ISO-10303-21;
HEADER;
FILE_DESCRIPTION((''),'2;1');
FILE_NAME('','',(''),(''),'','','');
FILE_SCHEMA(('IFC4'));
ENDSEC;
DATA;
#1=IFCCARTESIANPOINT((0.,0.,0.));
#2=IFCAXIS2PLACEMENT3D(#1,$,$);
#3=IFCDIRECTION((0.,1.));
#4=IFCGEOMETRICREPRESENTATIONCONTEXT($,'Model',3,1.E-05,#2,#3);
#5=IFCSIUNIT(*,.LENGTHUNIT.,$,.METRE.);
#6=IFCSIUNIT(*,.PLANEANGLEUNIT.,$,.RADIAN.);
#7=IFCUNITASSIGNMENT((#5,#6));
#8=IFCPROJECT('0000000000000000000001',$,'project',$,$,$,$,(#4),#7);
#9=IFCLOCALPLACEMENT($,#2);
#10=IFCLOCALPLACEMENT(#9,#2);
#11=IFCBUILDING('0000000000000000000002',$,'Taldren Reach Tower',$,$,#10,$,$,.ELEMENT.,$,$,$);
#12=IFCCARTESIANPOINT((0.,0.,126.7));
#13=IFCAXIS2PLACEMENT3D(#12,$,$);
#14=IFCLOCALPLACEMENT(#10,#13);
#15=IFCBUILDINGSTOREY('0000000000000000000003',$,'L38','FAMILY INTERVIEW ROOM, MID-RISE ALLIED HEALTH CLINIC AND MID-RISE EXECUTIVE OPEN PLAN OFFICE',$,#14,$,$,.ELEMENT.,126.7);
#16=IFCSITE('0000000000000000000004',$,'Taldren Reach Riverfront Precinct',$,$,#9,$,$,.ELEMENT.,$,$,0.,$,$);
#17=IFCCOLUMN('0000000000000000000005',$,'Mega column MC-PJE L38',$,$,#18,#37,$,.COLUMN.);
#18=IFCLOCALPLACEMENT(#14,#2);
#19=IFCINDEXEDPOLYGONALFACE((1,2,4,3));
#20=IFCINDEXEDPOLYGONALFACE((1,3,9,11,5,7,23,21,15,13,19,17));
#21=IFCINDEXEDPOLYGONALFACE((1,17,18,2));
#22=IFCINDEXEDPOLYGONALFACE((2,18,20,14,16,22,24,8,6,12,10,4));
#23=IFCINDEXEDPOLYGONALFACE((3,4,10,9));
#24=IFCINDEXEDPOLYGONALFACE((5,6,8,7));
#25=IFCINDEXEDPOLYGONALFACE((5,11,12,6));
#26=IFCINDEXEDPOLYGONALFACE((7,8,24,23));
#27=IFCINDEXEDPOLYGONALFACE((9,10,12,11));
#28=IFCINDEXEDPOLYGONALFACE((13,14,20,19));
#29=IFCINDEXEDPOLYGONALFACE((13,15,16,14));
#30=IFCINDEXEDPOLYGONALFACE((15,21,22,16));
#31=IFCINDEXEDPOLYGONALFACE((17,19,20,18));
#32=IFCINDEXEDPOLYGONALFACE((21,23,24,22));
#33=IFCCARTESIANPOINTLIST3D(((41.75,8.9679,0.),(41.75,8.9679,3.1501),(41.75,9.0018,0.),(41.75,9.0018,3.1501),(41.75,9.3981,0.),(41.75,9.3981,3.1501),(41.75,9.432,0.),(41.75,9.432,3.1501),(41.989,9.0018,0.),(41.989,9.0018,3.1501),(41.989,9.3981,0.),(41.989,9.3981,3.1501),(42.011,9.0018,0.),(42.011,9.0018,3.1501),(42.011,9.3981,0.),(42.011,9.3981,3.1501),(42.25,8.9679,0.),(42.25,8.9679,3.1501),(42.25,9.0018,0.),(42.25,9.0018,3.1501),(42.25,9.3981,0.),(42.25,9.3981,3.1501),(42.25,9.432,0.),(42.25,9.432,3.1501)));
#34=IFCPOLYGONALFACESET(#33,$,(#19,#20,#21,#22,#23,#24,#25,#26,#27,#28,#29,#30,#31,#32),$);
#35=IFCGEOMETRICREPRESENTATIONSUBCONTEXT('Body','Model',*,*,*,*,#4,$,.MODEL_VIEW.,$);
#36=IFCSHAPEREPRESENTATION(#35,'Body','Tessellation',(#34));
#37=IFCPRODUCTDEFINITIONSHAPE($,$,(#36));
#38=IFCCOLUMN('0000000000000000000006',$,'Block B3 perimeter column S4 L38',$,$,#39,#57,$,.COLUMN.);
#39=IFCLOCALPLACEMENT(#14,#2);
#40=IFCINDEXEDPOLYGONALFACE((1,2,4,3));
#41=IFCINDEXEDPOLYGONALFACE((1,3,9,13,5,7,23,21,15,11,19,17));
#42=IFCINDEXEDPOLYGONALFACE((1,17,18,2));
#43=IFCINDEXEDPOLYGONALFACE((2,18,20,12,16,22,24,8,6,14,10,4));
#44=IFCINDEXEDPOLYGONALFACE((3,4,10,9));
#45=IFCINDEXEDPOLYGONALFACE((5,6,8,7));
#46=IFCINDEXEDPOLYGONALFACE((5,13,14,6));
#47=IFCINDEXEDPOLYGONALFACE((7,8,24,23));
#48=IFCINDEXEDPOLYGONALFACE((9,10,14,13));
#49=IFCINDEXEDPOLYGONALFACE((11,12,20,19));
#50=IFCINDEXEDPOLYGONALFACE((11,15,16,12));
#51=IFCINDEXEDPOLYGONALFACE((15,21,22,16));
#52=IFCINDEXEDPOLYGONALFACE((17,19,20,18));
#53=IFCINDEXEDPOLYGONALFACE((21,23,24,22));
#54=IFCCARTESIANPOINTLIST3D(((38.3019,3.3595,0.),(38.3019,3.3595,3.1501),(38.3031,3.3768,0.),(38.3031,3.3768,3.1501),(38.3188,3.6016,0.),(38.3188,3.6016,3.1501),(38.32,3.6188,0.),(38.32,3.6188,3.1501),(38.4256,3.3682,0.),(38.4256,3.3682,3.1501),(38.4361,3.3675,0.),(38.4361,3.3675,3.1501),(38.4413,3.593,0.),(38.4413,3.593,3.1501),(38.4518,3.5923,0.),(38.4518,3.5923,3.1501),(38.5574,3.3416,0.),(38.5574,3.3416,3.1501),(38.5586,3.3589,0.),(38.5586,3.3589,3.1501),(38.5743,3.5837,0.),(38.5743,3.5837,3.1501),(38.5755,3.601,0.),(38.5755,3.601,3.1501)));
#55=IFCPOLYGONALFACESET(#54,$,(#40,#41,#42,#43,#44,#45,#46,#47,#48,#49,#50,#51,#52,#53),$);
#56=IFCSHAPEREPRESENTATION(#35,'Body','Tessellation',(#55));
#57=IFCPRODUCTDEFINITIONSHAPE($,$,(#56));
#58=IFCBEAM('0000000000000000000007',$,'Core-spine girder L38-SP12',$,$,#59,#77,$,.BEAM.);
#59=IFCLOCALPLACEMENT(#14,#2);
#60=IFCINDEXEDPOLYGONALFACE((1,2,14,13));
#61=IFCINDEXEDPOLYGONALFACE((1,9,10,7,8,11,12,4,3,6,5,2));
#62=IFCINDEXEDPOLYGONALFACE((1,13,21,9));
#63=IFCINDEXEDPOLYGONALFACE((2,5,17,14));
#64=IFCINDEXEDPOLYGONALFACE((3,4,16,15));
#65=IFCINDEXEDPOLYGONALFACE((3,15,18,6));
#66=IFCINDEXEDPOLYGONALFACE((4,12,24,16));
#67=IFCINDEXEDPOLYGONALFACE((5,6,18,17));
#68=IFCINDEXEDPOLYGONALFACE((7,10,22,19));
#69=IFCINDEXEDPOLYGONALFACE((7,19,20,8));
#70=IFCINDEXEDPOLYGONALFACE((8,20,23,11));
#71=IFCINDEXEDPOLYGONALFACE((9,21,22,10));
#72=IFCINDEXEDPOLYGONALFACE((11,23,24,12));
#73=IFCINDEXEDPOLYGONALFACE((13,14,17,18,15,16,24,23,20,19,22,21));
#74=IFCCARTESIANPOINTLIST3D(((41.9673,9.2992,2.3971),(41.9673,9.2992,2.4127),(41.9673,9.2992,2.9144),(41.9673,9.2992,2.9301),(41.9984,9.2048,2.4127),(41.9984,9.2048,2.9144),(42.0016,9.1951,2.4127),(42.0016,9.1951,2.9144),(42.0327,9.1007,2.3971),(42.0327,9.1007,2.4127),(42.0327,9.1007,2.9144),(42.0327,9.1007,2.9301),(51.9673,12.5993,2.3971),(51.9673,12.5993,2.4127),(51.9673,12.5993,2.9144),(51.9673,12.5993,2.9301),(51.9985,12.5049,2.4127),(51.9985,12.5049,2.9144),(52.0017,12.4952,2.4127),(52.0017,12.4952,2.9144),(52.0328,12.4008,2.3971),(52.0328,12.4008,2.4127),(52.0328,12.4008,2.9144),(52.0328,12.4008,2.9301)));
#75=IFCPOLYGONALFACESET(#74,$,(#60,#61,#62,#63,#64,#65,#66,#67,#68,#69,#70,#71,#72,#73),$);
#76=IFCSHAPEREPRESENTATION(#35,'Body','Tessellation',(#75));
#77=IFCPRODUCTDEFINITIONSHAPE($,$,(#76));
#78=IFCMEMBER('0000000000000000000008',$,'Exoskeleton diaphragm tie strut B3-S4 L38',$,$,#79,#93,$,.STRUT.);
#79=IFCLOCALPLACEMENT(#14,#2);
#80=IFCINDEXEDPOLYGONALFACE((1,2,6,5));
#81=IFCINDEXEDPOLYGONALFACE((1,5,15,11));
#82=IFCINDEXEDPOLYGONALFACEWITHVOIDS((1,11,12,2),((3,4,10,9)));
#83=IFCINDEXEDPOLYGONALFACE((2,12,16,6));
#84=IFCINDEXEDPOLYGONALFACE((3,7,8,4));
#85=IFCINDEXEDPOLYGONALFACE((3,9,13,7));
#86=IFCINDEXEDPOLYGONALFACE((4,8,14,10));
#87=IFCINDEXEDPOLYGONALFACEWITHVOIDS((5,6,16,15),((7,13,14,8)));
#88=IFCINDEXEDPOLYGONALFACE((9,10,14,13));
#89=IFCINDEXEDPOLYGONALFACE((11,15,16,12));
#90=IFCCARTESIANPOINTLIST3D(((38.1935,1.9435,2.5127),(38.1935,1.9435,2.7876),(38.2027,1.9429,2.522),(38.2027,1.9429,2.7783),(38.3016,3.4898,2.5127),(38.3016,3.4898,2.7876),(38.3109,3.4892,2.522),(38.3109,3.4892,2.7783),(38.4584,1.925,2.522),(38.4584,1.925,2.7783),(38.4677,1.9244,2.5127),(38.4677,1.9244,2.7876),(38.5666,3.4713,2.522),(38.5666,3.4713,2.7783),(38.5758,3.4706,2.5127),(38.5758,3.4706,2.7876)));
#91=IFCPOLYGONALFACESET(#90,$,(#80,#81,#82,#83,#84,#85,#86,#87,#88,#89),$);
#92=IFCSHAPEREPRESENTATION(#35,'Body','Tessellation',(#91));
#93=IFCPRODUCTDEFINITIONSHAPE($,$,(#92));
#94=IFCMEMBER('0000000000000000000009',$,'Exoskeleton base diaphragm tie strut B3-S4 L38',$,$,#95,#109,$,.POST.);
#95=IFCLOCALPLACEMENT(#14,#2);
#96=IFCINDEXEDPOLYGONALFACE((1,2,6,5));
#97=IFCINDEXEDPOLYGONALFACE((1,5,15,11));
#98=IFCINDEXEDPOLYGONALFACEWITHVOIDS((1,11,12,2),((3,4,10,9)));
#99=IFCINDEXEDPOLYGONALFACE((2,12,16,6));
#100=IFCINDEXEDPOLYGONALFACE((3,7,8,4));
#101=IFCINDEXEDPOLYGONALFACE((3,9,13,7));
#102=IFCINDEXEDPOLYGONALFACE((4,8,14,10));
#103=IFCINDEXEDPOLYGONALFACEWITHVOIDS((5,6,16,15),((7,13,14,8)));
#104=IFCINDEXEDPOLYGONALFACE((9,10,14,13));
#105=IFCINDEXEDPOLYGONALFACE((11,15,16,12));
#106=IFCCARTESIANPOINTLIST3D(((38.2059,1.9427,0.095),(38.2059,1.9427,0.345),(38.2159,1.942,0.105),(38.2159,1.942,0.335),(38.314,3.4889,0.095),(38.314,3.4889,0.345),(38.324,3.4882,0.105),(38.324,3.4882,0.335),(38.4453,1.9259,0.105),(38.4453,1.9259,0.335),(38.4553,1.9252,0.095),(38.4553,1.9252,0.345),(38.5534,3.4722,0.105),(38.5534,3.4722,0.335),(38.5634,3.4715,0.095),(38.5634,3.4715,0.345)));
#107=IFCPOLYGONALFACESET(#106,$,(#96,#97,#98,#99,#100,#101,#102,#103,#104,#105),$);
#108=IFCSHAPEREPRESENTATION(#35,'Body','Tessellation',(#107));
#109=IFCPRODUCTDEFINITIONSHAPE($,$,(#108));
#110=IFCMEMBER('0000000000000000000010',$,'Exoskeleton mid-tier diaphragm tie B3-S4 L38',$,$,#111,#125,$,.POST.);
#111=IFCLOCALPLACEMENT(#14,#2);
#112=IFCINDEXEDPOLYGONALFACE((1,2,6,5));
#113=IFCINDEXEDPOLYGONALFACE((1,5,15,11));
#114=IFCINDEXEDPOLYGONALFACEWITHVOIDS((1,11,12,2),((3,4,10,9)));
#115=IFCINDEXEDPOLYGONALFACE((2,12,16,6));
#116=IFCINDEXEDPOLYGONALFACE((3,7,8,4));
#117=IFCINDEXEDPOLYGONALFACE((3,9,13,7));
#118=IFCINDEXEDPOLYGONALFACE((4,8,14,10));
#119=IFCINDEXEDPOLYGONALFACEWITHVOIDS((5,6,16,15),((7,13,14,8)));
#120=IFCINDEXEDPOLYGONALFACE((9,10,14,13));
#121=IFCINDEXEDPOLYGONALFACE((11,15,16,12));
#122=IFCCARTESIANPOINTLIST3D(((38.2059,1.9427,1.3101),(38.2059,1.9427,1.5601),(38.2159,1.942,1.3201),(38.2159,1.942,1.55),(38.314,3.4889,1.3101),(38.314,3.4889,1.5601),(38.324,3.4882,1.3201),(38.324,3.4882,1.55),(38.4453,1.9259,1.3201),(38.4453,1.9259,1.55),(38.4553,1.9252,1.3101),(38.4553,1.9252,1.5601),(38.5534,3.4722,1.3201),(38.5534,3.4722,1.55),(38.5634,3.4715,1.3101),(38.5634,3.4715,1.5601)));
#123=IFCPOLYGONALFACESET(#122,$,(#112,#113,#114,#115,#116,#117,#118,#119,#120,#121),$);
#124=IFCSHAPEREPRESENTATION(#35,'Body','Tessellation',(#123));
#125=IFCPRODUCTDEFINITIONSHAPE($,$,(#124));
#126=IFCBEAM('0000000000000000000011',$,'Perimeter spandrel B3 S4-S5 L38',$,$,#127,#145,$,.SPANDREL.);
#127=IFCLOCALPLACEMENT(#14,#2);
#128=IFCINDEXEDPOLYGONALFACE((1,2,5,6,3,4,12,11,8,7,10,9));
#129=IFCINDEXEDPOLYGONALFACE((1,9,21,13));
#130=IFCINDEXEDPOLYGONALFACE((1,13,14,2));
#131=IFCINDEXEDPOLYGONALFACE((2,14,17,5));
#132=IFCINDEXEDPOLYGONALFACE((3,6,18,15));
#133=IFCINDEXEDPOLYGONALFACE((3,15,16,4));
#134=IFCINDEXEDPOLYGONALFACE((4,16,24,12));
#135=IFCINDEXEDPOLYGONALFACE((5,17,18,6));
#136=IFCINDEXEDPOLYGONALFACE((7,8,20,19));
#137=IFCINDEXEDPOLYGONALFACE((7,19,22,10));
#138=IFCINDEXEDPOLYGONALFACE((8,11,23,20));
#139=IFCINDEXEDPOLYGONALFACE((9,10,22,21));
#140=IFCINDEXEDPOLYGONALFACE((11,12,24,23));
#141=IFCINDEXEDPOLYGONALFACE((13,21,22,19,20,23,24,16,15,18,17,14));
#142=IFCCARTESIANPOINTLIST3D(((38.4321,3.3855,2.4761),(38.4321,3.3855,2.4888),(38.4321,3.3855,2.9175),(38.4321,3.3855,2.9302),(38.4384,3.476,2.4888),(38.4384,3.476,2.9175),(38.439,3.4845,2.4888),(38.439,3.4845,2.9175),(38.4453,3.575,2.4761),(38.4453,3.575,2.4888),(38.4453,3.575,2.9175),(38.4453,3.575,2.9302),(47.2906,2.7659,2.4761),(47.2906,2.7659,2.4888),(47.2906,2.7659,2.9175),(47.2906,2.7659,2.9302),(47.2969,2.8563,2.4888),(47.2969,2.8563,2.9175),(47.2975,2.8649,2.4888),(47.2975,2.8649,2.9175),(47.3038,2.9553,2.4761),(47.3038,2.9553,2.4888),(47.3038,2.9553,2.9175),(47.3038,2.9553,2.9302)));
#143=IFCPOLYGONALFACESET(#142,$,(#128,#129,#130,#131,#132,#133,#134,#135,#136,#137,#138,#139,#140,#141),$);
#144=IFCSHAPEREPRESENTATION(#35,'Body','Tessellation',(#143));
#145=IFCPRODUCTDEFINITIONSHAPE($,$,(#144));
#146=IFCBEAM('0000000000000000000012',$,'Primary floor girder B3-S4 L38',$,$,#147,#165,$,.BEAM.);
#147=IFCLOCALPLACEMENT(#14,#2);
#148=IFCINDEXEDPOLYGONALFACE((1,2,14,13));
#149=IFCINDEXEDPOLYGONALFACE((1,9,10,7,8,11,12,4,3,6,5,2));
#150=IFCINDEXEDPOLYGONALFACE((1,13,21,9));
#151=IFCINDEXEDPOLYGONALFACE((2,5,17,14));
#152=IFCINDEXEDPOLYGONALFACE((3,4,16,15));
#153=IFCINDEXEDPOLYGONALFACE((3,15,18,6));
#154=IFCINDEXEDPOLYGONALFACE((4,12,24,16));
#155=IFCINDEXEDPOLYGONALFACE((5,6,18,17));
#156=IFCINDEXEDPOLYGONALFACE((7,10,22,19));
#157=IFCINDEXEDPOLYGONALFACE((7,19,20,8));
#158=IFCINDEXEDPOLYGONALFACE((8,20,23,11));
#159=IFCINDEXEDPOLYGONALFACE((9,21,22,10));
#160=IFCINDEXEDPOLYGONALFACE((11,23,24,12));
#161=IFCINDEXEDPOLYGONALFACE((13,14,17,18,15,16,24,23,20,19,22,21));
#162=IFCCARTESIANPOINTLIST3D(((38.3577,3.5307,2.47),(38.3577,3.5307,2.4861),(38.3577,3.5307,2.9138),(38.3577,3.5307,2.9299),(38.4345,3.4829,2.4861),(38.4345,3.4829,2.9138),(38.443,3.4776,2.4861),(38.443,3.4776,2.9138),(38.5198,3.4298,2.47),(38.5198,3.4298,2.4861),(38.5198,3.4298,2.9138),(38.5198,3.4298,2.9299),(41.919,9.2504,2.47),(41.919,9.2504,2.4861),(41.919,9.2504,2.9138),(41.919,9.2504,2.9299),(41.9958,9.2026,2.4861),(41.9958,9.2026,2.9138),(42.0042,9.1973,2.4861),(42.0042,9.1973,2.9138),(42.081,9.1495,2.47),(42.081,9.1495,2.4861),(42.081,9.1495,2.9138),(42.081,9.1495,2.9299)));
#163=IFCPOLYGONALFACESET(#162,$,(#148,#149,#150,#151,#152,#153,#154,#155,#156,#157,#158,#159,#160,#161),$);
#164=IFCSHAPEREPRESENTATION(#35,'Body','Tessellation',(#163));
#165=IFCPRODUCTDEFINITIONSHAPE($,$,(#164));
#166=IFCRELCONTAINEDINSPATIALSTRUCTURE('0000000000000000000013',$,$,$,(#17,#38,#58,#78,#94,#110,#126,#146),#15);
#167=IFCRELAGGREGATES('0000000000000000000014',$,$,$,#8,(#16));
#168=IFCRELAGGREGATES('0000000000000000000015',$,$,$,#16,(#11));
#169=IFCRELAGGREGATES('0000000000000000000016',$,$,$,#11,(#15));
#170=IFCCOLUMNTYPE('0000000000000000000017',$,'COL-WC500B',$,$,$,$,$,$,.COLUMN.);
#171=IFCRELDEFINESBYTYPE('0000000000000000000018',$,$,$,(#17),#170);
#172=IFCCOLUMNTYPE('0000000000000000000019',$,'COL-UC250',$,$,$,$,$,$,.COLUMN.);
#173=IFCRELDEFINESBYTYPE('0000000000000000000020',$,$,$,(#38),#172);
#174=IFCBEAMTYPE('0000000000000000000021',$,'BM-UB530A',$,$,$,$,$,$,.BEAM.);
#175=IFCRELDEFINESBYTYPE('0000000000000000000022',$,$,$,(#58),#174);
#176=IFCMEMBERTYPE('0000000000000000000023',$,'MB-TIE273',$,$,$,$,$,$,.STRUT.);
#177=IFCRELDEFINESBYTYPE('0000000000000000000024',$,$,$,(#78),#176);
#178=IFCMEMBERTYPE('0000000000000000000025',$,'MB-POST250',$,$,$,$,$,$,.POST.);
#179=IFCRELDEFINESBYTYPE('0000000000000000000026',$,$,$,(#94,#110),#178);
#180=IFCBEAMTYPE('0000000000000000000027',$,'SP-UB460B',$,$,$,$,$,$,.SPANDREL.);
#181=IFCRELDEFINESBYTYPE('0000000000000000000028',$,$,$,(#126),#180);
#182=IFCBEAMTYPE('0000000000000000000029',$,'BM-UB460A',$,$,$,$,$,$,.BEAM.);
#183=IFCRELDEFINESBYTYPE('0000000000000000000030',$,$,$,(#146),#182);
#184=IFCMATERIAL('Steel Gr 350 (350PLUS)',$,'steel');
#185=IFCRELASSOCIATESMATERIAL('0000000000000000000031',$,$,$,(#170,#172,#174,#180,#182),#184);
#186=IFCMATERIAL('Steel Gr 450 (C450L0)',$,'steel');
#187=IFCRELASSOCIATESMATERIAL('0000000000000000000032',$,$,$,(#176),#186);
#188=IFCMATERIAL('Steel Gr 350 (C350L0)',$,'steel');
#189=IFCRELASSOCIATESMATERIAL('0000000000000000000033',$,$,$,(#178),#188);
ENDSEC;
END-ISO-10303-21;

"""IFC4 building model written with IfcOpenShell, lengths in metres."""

from ifc_helpers import new_model, si_unit, direction, frame, origin, origin_2d, place, context, subcontext, project, spatial, hollow_rectangle, i_section, extrude, source, transform, mapped, material, material_profile, profile_set, type_object, element, save


model = new_model("IFC4")

# Units and contexts
model_context = context("Model", 3, precision=1e-05, world=origin(), true_north=direction((0.0, 1.0)))
body_context = subcontext(model_context, "Body", "Model", "MODEL_VIEW")
ifc_project = project(units=[si_unit("LENGTHUNIT", "METRE"), si_unit("PLANEANGLEUNIT", "RADIAN")], contexts=[model_context])

# Site, building, storey
site_placement = place(None, origin())
site = spatial("IfcSite", under=ifc_project, at=site_placement, Name="Taldren Reach Riverfront Precinct", CompositionType="ELEMENT", RefElevation=0.0)
building_placement = place(site_placement, origin())
building = spatial("IfcBuilding", under=site, at=building_placement, Name="Taldren Reach Tower", CompositionType="ELEMENT")
storey_placement = place(building_placement, frame((0.0, 0.0, 126.7)))
storey = spatial("IfcBuildingStorey", under=building, at=storey_placement, Name="L38", Description="FAMILY INTERVIEW ROOM, MID-RISE ALLIED HEALTH CLINIC AND MID-RISE EXECUTIVE OPEN PLAN OFFICE", CompositionType="ELEMENT", Elevation=126.7)

# Columns
ifc_material_1 = material(Name="Steel Gr 350 (350PLUS)", Category="steel")
ifc_material_profile_1 = material_profile(ifc_material_1, i_section(OverallWidth=0.5, OverallDepth=0.4641, WebThickness=0.022, FlangeThickness=0.0339, at=origin_2d()), Name="500WC340")
ifc_profile_set_1 = profile_set([ifc_material_profile_1], Name="Steel Gr 350 (350PLUS)")
column_type_1 = type_object("IfcColumnType", Name="COL-WC500B", PredefinedType="COLUMN", material=ifc_profile_set_1)
shared_shape_1 = source(origin(), body_context, "Body", "SweptSolid", [
    extrude(i_section(OverallWidth=0.5, OverallDepth=0.4641, WebThickness=0.022, FlangeThickness=0.0339, at=origin_2d()), origin(), (0.0, 0.0, 1.0), 3.1501),
])
column_1_placement = place(storey_placement, frame((42.0, 9.2, 0.0), z_axis=(0.0, 0.0, 1.0), x_axis=(1.0, 0.0, 0.0)))
element("IfcColumn", 1, at=column_1_placement, inside=storey, type_object=column_type_1, Name="Mega column MC-PJE L38", PredefinedType="COLUMN", context=body_context, shape_type="MappedRepresentation", body=[
    mapped(shared_shape_1, transform((0.0, 0.0, 0.0), scale=1.0)),
])
ifc_material_profile_2 = material_profile(ifc_material_1, i_section(OverallWidth=0.2561, OverallDepth=0.26, WebThickness=0.0105, FlangeThickness=0.0173, at=origin_2d()), Name="250UC89.5")
ifc_profile_set_2 = profile_set([ifc_material_profile_2], Name="Steel Gr 350 (350PLUS)")
column_type_2 = type_object("IfcColumnType", Name="COL-UC250", PredefinedType="COLUMN", material=ifc_profile_set_2)
shared_shape_2 = source(origin(), body_context, "Body", "SweptSolid", [
    extrude(i_section(OverallWidth=0.2561, OverallDepth=0.26, WebThickness=0.0105, FlangeThickness=0.0173, at=origin_2d()), origin(), (0.0, 0.0, 1.0), 3.1501),
])
column_2_placement = place(storey_placement, frame((38.4387, 3.4802, 0.0), z_axis=(0.0, 0.0, 1.0), x_axis=(0.997564, -0.069756, 0.0)))
element("IfcColumn", 2, at=column_2_placement, inside=storey, type_object=column_type_2, Name="Block B3 perimeter column S4 L38", PredefinedType="COLUMN", context=body_context, shape_type="MappedRepresentation", body=[
    mapped(shared_shape_2, transform((0.0, 0.0, 0.0), scale=1.0)),
])

# Beam
ifc_material_profile_3 = material_profile(ifc_material_1, i_section(OverallWidth=0.209, OverallDepth=0.533, WebThickness=0.0103, FlangeThickness=0.0156, at=origin_2d()), Name="530UB92.4")
ifc_profile_set_3 = profile_set([ifc_material_profile_3], Name="Steel Gr 350 (350PLUS)")
beam_type_1 = type_object("IfcBeamType", Name="BM-UB530A", PredefinedType="BEAM", material=ifc_profile_set_3)
shared_shape_3 = source(origin(), body_context, "Body", "SweptSolid", [
    extrude(i_section(OverallWidth=0.209, OverallDepth=0.533, WebThickness=0.0103, FlangeThickness=0.0156, at=origin_2d()), origin(), (0.0, 0.0, 1.0), 10.5305),
])
beam_1_placement = place(storey_placement, frame((42.0, 9.2, 2.6636), z_axis=(0.949627, 0.313382, 0.0), x_axis=(-0.313382, 0.949627, 0.0)))
element("IfcBeam", 3, at=beam_1_placement, inside=storey, type_object=beam_type_1, Name="Core-spine girder L38-SP12", PredefinedType="BEAM", context=body_context, shape_type="MappedRepresentation", body=[
    mapped(shared_shape_3, transform((0.0, 0.0, 0.0), scale=1.0)),
])

# Members
ifc_material_2 = material(Name="Steel Gr 450 (C450L0)", Category="steel")
ifc_material_profile_4 = material_profile(ifc_material_2, hollow_rectangle(XDim=0.2749, YDim=0.2749, WallThickness=0.0093, at=origin_2d()), Name="275x275x9.3SHS")
ifc_profile_set_4 = profile_set([ifc_material_profile_4], Name="Steel Gr 450 (C450L0)")
member_type_1 = type_object("IfcMemberType", Name="MB-TIE273", PredefinedType="STRUT", material=ifc_profile_set_4)
shared_shape_4 = source(origin(), body_context, "Body", "SweptSolid", [
    extrude(hollow_rectangle(XDim=0.2749, YDim=0.2749, WallThickness=0.0093, at=origin_2d()), origin(), (0.0, 0.0, 1.0), 1.55),
])
member_placement = place(storey_placement, frame((38.4387, 3.4802, 2.6501), z_axis=(-0.06977, -0.997563, 0.0), x_axis=(0.997563, -0.06977, 0.0)))
element("IfcMember", 4, at=member_placement, inside=storey, type_object=member_type_1, Name="Exoskeleton diaphragm tie strut B3-S4 L38", PredefinedType="STRUT", context=body_context, shape_type="MappedRepresentation", body=[
    mapped(shared_shape_4, transform((0.0, 0.0, 0.0), scale=1.0)),
])
ifc_material_3 = material(Name="Steel Gr 350 (C350L0)", Category="steel")
ifc_material_profile_5 = material_profile(ifc_material_3, hollow_rectangle(XDim=0.25, YDim=0.25, WallThickness=0.01, at=origin_2d()), Name="250x250x10.0SHS")
ifc_profile_set_5 = profile_set([ifc_material_profile_5], Name="Steel Gr 350 (C350L0)")
member_type_2 = type_object("IfcMemberType", Name="MB-POST250", PredefinedType="POST", material=ifc_profile_set_5)
shared_shape_5 = source(origin(), body_context, "Body", "SweptSolid", [
    extrude(hollow_rectangle(XDim=0.25, YDim=0.25, WallThickness=0.01, at=origin_2d()), origin(), (0.0, 0.0, 1.0), 1.55),
])
for number, where, z_axis, x_axis, name in (
    (5, (38.4387, 3.4802, 0.22), (-0.06977, -0.997563, 0.0), (0.997563, -0.06977, 0.0), "Exoskeleton base diaphragm tie strut B3-S4 L38"),
    (6, (38.4387, 3.4802, 1.4351), (-0.06977, -0.997563, 0.0), (0.997563, -0.06977, 0.0), "Exoskeleton mid-tier diaphragm tie B3-S4 L38"),
):
    element("IfcMember", number, at=place(storey_placement, frame(where, z_axis=z_axis, x_axis=x_axis)), inside=storey, type_object=member_type_2, Name=name, PredefinedType="POST", context=body_context, shape_type="MappedRepresentation", body=[
        mapped(shared_shape_5, transform((0.0, 0.0, 0.0), scale=1.0)),
    ])

# Beams
ifc_material_profile_6 = material_profile(ifc_material_1, i_section(OverallWidth=0.1899, OverallDepth=0.4541, WebThickness=0.0085, FlangeThickness=0.0127, at=origin_2d()), Name="460UB67.1")
ifc_profile_set_6 = profile_set([ifc_material_profile_6], Name="Steel Gr 350 (350PLUS)")
beam_type_2 = type_object("IfcBeamType", Name="SP-UB460B", PredefinedType="SPANDREL", material=ifc_profile_set_6)
shared_shape_6 = source(origin(), body_context, "Body", "SweptSolid", [
    extrude(i_section(OverallWidth=0.1899, OverallDepth=0.4541, WebThickness=0.0085, FlangeThickness=0.0127, at=origin_2d()), origin(), (0.0, 0.0, 1.0), 8.8801),
])
beam_2_placement = place(storey_placement, frame((38.4387, 3.4802, 2.7031), z_axis=(0.997563, -0.069778, 0.0), x_axis=(0.069778, 0.997563, 0.0)))
element("IfcBeam", 7, at=beam_2_placement, inside=storey, type_object=beam_type_2, Name="Perimeter spandrel B3 S4-S5 L38", PredefinedType="SPANDREL", context=body_context, shape_type="MappedRepresentation", body=[
    mapped(shared_shape_6, transform((0.0, 0.0, 0.0), scale=1.0)),
])
ifc_material_profile_7 = material_profile(ifc_material_1, i_section(OverallWidth=0.1909, OverallDepth=0.46, WebThickness=0.01, FlangeThickness=0.0161, at=origin_2d()), Name="460UB82.1")
ifc_profile_set_7 = profile_set([ifc_material_profile_7], Name="Steel Gr 350 (350PLUS)")
beam_type_3 = type_object("IfcBeamType", Name="BM-UB460A", PredefinedType="BEAM", material=ifc_profile_set_7)
shared_shape_7 = source(origin(), body_context, "Body", "SweptSolid", [
    extrude(i_section(OverallWidth=0.1909, OverallDepth=0.46, WebThickness=0.01, FlangeThickness=0.0161, at=origin_2d()), origin(), (0.0, 0.0, 1.0), 6.7378),
])
beam_3_placement = place(storey_placement, frame((42.0, 9.2, 2.7), z_axis=(-0.528552, -0.848901, 0.0), x_axis=(0.848901, -0.528552, 0.0)))
element("IfcBeam", 8, at=beam_3_placement, inside=storey, type_object=beam_type_3, Name="Primary floor girder B3-S4 L38", PredefinedType="BEAM", context=body_context, shape_type="MappedRepresentation", body=[
    mapped(shared_shape_7, transform((0.0, 0.0, 0.0), scale=1.0)),
])

save(model, "model.ifc")
